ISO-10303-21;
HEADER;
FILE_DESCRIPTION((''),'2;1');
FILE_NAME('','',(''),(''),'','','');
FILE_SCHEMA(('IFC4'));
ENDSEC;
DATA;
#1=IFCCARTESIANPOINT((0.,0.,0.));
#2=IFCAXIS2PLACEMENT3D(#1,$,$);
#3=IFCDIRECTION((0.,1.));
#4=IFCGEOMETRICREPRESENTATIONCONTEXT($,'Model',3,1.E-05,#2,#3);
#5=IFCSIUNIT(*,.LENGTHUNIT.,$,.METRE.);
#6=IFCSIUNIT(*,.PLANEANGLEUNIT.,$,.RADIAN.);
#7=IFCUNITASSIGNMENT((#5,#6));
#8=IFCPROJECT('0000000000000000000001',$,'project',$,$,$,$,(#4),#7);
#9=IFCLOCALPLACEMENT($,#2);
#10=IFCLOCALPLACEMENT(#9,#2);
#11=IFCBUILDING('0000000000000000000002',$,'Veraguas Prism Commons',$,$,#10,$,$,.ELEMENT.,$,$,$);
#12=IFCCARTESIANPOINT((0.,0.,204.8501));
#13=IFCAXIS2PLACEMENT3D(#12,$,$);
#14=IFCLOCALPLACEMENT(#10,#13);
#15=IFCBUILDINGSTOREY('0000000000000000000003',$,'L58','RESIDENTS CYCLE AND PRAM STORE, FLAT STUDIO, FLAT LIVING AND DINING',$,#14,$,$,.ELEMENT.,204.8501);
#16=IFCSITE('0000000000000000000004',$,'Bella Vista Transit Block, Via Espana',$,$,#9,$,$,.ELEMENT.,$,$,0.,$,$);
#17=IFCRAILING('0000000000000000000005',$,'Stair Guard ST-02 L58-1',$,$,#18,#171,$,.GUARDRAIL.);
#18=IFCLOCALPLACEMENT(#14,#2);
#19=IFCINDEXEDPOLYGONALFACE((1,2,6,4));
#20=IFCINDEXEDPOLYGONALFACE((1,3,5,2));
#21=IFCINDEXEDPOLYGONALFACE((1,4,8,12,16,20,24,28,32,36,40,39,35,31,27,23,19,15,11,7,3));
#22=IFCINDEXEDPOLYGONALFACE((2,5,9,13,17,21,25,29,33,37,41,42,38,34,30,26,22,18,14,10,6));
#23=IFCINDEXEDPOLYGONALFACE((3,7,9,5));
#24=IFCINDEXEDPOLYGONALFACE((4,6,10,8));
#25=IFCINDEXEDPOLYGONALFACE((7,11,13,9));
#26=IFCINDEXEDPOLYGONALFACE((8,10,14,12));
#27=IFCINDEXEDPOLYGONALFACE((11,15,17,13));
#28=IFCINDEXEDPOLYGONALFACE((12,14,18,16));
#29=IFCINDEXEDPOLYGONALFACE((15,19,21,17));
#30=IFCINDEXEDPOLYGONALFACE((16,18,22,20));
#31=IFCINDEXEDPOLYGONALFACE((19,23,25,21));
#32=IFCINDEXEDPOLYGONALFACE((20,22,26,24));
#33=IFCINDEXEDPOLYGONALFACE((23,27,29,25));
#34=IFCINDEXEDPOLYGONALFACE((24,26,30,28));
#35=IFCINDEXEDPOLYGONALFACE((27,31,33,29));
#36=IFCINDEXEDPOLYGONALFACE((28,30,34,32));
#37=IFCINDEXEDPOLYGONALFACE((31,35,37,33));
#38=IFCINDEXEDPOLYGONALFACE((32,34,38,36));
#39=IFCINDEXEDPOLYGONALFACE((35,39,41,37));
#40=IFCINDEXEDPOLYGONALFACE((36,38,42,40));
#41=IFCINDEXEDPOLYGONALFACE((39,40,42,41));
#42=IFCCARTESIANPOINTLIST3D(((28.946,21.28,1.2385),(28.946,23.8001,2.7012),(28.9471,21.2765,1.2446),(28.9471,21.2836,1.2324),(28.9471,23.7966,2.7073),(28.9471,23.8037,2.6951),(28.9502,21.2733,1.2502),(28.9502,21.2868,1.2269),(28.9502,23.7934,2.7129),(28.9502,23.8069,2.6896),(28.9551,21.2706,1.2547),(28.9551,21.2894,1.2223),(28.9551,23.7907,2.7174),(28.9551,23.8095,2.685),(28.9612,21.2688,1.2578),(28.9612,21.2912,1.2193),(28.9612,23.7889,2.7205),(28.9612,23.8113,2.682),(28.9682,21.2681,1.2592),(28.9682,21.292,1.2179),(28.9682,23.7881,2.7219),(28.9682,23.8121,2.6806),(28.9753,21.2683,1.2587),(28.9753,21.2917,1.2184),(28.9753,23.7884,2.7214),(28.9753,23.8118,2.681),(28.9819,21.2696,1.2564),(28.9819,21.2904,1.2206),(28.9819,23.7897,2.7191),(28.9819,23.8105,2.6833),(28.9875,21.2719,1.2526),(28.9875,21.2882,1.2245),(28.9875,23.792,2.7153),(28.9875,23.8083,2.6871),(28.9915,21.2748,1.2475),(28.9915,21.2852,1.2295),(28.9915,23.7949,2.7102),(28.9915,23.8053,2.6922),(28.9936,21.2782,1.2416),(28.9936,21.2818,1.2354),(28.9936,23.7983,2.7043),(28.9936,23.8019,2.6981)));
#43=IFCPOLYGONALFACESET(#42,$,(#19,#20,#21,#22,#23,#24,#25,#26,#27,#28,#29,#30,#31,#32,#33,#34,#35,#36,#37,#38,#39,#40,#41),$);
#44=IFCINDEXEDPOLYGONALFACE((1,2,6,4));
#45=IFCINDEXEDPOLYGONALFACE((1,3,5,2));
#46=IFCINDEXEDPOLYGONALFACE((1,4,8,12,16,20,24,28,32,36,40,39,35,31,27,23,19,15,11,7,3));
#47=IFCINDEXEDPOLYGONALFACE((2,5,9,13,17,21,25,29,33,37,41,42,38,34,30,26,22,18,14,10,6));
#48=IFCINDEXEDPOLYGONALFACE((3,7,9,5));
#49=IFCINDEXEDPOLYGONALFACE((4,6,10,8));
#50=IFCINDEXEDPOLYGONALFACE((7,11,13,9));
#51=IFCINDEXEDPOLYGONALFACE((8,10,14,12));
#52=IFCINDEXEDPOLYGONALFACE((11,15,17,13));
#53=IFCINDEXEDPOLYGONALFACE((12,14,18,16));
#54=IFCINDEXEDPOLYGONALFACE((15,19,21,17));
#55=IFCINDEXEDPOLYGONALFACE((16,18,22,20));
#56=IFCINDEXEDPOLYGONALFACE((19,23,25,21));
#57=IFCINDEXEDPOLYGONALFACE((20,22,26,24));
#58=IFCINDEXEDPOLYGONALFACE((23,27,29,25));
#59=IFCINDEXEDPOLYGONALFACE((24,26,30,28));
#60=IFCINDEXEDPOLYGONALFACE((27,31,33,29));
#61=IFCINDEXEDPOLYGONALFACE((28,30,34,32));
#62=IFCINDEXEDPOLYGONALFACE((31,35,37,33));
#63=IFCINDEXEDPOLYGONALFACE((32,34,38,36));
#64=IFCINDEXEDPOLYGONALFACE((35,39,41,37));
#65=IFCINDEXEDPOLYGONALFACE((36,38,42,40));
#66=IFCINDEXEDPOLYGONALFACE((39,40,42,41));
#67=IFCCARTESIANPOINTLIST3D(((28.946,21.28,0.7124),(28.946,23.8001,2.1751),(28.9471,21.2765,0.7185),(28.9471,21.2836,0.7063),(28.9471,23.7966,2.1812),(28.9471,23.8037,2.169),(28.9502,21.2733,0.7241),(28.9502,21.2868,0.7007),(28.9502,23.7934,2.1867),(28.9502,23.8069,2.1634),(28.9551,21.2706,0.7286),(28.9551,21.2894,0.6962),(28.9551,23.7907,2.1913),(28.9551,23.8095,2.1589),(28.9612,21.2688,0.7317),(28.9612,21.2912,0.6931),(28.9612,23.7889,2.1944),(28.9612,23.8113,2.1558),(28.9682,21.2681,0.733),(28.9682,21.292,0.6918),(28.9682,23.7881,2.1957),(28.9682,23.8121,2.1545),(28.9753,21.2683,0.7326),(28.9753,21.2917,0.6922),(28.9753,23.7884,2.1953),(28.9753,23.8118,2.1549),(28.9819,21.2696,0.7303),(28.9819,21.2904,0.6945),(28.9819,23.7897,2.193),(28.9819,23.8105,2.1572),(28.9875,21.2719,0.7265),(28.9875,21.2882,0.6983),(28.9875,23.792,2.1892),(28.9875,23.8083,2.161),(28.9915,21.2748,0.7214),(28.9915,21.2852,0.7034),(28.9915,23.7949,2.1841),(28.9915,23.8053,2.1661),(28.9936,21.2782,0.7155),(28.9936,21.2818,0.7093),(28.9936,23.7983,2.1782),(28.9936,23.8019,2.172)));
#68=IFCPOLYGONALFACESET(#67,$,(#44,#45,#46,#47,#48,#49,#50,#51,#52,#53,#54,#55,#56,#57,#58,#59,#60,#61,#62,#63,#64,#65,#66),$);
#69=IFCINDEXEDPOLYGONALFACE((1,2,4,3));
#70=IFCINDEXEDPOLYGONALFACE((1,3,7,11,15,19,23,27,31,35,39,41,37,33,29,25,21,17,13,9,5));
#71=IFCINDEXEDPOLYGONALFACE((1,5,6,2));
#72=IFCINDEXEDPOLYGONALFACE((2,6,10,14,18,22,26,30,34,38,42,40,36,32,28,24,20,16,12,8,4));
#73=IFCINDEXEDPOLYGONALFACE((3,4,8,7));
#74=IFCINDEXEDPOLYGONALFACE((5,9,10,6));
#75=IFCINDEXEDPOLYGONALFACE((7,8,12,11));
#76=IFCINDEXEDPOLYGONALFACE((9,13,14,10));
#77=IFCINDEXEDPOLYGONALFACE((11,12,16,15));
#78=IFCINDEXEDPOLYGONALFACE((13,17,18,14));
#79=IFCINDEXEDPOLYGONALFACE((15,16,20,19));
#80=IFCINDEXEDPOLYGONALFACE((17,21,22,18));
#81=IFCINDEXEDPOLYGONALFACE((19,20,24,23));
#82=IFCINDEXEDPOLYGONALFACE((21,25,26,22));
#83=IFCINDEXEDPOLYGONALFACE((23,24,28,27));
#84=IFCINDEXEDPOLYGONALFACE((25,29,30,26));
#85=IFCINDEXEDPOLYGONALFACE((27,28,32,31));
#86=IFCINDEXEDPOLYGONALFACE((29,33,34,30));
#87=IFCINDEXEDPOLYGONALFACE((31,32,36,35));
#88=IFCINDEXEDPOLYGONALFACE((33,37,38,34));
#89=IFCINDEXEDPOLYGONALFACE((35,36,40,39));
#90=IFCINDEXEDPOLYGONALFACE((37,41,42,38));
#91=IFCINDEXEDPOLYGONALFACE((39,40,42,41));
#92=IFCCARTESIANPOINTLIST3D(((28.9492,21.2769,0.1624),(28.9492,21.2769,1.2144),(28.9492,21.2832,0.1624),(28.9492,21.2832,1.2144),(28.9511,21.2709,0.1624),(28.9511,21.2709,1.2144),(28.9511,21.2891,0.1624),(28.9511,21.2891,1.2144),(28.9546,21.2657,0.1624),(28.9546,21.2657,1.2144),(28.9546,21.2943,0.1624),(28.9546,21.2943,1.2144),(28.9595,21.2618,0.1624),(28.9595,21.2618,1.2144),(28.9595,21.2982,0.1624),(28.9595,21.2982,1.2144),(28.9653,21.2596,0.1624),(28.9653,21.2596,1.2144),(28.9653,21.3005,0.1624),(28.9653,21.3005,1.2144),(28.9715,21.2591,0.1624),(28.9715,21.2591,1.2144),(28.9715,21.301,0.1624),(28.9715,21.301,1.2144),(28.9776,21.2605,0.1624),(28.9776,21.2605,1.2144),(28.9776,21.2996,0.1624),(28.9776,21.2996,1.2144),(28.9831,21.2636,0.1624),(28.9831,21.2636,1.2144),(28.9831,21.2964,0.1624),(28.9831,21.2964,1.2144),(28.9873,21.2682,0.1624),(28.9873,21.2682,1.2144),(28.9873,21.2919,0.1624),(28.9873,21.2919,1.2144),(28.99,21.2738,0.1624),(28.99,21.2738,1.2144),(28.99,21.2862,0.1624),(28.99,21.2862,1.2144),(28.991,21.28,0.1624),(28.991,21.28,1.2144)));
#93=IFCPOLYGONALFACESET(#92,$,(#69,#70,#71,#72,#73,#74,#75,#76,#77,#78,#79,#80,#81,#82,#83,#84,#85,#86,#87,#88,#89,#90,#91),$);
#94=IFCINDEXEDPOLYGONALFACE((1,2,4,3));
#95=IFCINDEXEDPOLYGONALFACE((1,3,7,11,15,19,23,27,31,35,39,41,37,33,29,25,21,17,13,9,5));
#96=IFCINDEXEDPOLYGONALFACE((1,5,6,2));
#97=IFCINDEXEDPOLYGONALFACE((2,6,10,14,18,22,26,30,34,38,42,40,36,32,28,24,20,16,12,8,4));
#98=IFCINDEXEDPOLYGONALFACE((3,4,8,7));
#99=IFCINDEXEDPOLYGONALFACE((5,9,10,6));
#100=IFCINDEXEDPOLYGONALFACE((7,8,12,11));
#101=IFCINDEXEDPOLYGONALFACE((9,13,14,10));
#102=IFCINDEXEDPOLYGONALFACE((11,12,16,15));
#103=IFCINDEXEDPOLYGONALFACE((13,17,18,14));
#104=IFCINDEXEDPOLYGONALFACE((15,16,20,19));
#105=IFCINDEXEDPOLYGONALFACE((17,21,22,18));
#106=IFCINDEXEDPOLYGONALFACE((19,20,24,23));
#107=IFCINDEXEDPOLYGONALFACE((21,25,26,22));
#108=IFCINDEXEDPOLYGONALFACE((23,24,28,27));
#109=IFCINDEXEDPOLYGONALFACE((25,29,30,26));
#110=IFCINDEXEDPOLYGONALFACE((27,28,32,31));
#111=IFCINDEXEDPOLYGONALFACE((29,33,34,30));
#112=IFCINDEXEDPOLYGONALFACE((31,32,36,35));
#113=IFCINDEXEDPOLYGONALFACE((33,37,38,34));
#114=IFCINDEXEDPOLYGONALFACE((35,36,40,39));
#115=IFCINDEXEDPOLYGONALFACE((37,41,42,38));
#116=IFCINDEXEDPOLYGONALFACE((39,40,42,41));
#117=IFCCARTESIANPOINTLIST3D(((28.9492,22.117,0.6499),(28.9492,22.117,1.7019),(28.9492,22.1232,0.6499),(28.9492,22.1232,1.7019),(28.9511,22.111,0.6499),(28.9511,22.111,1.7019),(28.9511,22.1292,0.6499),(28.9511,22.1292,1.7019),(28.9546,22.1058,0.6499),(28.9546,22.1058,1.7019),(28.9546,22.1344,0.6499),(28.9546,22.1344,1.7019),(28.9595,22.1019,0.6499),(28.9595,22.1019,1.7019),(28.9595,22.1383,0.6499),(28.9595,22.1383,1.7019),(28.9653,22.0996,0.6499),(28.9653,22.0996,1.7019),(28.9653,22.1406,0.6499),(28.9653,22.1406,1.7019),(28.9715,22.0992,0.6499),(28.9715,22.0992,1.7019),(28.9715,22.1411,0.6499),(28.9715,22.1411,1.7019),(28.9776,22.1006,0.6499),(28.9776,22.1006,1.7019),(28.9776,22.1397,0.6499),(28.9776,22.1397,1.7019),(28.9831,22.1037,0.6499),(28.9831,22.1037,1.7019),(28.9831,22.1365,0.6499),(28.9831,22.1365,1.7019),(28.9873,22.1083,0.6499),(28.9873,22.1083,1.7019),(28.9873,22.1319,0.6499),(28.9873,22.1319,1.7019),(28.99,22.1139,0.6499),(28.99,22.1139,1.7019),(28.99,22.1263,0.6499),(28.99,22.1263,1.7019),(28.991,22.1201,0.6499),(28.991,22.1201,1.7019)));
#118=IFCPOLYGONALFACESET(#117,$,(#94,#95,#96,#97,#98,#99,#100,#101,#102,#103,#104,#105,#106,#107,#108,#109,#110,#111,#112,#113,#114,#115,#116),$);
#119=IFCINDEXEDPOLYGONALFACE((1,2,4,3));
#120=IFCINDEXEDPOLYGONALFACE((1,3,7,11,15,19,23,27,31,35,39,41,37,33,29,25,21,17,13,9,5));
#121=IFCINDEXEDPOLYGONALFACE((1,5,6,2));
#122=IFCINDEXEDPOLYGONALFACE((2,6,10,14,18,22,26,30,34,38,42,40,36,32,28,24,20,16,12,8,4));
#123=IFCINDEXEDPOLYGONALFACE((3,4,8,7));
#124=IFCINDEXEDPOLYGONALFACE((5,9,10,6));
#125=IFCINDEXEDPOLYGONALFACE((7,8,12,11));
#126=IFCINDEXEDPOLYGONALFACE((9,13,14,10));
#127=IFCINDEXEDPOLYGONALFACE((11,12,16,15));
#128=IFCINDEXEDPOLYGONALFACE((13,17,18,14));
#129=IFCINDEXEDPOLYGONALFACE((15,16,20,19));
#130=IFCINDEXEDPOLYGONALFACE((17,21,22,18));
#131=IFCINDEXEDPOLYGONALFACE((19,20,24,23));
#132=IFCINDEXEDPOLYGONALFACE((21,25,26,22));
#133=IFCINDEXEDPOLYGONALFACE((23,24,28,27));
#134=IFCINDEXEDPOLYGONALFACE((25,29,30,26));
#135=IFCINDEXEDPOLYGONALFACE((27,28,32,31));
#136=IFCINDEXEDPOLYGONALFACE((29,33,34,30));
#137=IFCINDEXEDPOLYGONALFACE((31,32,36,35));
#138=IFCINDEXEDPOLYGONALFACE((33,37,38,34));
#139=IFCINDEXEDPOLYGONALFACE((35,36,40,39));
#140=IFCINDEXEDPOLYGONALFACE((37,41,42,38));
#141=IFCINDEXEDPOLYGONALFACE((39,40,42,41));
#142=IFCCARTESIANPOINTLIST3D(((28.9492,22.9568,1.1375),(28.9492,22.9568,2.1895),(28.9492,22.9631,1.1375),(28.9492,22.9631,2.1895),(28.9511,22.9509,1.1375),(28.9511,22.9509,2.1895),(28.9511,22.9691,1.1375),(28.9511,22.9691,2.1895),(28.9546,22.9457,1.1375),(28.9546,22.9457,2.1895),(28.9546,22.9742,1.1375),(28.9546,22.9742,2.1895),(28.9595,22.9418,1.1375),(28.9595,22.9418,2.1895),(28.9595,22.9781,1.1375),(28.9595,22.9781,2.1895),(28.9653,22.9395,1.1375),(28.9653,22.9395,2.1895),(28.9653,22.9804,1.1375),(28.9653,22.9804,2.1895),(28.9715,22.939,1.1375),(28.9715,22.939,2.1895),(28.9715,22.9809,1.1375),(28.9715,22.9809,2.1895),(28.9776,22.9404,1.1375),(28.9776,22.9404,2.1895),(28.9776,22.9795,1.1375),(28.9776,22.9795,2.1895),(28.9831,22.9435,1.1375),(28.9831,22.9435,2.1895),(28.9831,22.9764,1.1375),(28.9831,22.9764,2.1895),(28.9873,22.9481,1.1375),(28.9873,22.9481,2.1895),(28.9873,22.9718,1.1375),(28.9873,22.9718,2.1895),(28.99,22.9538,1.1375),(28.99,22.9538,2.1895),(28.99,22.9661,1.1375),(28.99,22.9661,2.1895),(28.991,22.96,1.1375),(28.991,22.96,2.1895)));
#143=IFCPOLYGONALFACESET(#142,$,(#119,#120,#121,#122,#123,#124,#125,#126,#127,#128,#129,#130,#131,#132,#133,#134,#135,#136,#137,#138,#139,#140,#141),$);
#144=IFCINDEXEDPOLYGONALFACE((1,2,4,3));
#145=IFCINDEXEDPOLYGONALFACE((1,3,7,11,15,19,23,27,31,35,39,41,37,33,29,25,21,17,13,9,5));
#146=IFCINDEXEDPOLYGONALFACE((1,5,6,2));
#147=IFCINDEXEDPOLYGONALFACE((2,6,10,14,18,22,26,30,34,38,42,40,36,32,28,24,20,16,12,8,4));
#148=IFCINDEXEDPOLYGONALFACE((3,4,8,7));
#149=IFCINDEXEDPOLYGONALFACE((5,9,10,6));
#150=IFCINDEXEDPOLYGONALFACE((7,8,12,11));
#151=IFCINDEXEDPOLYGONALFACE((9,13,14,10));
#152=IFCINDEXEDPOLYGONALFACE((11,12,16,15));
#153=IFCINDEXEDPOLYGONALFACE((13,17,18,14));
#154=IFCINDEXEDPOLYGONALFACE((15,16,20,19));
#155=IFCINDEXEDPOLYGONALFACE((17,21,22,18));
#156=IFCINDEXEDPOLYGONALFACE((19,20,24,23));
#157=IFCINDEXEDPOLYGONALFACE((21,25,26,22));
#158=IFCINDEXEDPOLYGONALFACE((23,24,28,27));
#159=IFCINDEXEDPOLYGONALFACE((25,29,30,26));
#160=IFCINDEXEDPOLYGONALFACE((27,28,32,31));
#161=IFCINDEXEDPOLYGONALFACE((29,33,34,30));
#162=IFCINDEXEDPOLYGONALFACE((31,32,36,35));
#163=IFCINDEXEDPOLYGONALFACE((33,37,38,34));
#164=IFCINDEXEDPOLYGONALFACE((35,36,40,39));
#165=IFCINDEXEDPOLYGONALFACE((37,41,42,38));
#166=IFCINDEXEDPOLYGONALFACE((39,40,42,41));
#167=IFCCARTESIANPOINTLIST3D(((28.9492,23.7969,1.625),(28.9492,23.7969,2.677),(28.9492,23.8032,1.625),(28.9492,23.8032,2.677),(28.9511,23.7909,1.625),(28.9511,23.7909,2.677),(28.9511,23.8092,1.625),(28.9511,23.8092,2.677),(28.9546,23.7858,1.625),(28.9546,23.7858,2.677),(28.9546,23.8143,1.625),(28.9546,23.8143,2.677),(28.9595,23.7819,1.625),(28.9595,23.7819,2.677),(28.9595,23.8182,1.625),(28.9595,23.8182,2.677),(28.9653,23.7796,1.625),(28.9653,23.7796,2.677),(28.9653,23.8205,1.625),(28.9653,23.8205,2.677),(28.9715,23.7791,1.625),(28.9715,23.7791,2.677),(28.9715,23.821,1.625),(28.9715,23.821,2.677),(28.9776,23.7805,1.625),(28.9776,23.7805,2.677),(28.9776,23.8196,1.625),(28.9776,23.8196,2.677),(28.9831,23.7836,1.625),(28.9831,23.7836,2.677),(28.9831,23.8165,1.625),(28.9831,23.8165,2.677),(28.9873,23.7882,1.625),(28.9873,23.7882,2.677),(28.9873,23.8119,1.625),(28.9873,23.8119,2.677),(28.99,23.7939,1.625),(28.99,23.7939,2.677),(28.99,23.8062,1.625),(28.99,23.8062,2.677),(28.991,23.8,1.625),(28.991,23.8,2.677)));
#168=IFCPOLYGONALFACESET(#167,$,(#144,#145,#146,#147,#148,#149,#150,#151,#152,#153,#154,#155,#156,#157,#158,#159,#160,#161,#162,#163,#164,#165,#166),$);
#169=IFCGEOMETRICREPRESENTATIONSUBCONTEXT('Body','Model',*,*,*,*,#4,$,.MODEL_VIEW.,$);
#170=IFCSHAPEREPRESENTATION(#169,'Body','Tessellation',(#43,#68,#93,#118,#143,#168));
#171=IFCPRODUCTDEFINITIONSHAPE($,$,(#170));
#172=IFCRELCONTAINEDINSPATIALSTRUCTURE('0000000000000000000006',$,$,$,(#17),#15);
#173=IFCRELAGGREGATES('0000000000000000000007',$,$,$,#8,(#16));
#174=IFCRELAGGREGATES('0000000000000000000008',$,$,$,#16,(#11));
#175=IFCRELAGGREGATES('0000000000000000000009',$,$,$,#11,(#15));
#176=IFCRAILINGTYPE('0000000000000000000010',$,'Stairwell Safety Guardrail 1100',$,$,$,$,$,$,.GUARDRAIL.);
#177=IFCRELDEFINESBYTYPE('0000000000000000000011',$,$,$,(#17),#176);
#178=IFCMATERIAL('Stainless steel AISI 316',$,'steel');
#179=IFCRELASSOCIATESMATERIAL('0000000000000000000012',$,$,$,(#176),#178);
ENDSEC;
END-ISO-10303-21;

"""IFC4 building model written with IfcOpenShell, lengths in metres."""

from ifc_helpers import new_model, si_unit, direction, frame, origin, origin_2d, place, context, subcontext, project, spatial, circle, extrude, material, type_object, element, save


model = new_model("IFC4")

# Units and contexts
model_context = context("Model", 3, precision=1e-05, world=origin(), true_north=direction((0.0, 1.0)))
body_context = subcontext(model_context, "Body", "Model", "MODEL_VIEW")
ifc_project = project(units=[si_unit("LENGTHUNIT", "METRE"), si_unit("PLANEANGLEUNIT", "RADIAN")], contexts=[model_context])

# Site, building, storey
site_placement = place(None, origin())
site = spatial("IfcSite", under=ifc_project, at=site_placement, Name="Bella Vista Transit Block, Via Espana", CompositionType="ELEMENT", RefElevation=0.0)
building_placement = place(site_placement, origin())
building = spatial("IfcBuilding", under=site, at=building_placement, Name="Veraguas Prism Commons", CompositionType="ELEMENT")
storey_placement = place(building_placement, frame((0.0, 0.0, 204.8501)))
storey = spatial("IfcBuildingStorey", under=building, at=storey_placement, Name="L58", Description="RESIDENTS CYCLE AND PRAM STORE, FLAT STUDIO, FLAT LIVING AND DINING", CompositionType="ELEMENT", Elevation=204.8501)

# Shared definitions
ifc_material_1 = material(Name="Stainless steel AISI 316", Category="steel")

# Railing
railing_type = type_object("IfcRailingType", Name="Stairwell Safety Guardrail 1100", PredefinedType="GUARDRAIL", material=ifc_material_1)
railing_1_placement = place(storey_placement, frame((28.97, 21.28, 0.1624)))
element("IfcRailing", 1, at=railing_1_placement, inside=storey, type_object=railing_type, Name="Stair Guard ST-02 L58-1", PredefinedType="GUARDRAIL", context=body_context, shape_type="SweptSolid", body=[
    extrude(circle(Radius=0.0239, at=origin_2d()), frame((0.0, 0.0, 1.0762), z_axis=(0.0, 0.864877, 0.501984), x_axis=(-1.0, 0.0, 0.0)), (0.0, 0.0, 1.0), 2.9138),
    extrude(circle(Radius=0.0239, at=origin_2d()), frame((0.0, 0.0, 0.55), z_axis=(0.0, 0.864877, 0.501984), x_axis=(-1.0, 0.0, 0.0)), (0.0, 0.0, 1.0), 2.9138),
    extrude(circle(Radius=0.021, at=origin_2d()), origin(), (0.0, 0.0, 1.0), 1.052),
    extrude(circle(Radius=0.021, at=origin_2d()), frame((0.0, 0.8401, 0.4875)), (0.0, 0.0, 1.0), 1.052),
    extrude(circle(Radius=0.021, at=origin_2d()), frame((0.0, 1.6799, 0.9751)), (0.0, 0.0, 1.0), 1.052),
    extrude(circle(Radius=0.021, at=origin_2d()), frame((0.0, 2.52, 1.4626)), (0.0, 0.0, 1.0), 1.052),
])

save(model, "model.ifc")
